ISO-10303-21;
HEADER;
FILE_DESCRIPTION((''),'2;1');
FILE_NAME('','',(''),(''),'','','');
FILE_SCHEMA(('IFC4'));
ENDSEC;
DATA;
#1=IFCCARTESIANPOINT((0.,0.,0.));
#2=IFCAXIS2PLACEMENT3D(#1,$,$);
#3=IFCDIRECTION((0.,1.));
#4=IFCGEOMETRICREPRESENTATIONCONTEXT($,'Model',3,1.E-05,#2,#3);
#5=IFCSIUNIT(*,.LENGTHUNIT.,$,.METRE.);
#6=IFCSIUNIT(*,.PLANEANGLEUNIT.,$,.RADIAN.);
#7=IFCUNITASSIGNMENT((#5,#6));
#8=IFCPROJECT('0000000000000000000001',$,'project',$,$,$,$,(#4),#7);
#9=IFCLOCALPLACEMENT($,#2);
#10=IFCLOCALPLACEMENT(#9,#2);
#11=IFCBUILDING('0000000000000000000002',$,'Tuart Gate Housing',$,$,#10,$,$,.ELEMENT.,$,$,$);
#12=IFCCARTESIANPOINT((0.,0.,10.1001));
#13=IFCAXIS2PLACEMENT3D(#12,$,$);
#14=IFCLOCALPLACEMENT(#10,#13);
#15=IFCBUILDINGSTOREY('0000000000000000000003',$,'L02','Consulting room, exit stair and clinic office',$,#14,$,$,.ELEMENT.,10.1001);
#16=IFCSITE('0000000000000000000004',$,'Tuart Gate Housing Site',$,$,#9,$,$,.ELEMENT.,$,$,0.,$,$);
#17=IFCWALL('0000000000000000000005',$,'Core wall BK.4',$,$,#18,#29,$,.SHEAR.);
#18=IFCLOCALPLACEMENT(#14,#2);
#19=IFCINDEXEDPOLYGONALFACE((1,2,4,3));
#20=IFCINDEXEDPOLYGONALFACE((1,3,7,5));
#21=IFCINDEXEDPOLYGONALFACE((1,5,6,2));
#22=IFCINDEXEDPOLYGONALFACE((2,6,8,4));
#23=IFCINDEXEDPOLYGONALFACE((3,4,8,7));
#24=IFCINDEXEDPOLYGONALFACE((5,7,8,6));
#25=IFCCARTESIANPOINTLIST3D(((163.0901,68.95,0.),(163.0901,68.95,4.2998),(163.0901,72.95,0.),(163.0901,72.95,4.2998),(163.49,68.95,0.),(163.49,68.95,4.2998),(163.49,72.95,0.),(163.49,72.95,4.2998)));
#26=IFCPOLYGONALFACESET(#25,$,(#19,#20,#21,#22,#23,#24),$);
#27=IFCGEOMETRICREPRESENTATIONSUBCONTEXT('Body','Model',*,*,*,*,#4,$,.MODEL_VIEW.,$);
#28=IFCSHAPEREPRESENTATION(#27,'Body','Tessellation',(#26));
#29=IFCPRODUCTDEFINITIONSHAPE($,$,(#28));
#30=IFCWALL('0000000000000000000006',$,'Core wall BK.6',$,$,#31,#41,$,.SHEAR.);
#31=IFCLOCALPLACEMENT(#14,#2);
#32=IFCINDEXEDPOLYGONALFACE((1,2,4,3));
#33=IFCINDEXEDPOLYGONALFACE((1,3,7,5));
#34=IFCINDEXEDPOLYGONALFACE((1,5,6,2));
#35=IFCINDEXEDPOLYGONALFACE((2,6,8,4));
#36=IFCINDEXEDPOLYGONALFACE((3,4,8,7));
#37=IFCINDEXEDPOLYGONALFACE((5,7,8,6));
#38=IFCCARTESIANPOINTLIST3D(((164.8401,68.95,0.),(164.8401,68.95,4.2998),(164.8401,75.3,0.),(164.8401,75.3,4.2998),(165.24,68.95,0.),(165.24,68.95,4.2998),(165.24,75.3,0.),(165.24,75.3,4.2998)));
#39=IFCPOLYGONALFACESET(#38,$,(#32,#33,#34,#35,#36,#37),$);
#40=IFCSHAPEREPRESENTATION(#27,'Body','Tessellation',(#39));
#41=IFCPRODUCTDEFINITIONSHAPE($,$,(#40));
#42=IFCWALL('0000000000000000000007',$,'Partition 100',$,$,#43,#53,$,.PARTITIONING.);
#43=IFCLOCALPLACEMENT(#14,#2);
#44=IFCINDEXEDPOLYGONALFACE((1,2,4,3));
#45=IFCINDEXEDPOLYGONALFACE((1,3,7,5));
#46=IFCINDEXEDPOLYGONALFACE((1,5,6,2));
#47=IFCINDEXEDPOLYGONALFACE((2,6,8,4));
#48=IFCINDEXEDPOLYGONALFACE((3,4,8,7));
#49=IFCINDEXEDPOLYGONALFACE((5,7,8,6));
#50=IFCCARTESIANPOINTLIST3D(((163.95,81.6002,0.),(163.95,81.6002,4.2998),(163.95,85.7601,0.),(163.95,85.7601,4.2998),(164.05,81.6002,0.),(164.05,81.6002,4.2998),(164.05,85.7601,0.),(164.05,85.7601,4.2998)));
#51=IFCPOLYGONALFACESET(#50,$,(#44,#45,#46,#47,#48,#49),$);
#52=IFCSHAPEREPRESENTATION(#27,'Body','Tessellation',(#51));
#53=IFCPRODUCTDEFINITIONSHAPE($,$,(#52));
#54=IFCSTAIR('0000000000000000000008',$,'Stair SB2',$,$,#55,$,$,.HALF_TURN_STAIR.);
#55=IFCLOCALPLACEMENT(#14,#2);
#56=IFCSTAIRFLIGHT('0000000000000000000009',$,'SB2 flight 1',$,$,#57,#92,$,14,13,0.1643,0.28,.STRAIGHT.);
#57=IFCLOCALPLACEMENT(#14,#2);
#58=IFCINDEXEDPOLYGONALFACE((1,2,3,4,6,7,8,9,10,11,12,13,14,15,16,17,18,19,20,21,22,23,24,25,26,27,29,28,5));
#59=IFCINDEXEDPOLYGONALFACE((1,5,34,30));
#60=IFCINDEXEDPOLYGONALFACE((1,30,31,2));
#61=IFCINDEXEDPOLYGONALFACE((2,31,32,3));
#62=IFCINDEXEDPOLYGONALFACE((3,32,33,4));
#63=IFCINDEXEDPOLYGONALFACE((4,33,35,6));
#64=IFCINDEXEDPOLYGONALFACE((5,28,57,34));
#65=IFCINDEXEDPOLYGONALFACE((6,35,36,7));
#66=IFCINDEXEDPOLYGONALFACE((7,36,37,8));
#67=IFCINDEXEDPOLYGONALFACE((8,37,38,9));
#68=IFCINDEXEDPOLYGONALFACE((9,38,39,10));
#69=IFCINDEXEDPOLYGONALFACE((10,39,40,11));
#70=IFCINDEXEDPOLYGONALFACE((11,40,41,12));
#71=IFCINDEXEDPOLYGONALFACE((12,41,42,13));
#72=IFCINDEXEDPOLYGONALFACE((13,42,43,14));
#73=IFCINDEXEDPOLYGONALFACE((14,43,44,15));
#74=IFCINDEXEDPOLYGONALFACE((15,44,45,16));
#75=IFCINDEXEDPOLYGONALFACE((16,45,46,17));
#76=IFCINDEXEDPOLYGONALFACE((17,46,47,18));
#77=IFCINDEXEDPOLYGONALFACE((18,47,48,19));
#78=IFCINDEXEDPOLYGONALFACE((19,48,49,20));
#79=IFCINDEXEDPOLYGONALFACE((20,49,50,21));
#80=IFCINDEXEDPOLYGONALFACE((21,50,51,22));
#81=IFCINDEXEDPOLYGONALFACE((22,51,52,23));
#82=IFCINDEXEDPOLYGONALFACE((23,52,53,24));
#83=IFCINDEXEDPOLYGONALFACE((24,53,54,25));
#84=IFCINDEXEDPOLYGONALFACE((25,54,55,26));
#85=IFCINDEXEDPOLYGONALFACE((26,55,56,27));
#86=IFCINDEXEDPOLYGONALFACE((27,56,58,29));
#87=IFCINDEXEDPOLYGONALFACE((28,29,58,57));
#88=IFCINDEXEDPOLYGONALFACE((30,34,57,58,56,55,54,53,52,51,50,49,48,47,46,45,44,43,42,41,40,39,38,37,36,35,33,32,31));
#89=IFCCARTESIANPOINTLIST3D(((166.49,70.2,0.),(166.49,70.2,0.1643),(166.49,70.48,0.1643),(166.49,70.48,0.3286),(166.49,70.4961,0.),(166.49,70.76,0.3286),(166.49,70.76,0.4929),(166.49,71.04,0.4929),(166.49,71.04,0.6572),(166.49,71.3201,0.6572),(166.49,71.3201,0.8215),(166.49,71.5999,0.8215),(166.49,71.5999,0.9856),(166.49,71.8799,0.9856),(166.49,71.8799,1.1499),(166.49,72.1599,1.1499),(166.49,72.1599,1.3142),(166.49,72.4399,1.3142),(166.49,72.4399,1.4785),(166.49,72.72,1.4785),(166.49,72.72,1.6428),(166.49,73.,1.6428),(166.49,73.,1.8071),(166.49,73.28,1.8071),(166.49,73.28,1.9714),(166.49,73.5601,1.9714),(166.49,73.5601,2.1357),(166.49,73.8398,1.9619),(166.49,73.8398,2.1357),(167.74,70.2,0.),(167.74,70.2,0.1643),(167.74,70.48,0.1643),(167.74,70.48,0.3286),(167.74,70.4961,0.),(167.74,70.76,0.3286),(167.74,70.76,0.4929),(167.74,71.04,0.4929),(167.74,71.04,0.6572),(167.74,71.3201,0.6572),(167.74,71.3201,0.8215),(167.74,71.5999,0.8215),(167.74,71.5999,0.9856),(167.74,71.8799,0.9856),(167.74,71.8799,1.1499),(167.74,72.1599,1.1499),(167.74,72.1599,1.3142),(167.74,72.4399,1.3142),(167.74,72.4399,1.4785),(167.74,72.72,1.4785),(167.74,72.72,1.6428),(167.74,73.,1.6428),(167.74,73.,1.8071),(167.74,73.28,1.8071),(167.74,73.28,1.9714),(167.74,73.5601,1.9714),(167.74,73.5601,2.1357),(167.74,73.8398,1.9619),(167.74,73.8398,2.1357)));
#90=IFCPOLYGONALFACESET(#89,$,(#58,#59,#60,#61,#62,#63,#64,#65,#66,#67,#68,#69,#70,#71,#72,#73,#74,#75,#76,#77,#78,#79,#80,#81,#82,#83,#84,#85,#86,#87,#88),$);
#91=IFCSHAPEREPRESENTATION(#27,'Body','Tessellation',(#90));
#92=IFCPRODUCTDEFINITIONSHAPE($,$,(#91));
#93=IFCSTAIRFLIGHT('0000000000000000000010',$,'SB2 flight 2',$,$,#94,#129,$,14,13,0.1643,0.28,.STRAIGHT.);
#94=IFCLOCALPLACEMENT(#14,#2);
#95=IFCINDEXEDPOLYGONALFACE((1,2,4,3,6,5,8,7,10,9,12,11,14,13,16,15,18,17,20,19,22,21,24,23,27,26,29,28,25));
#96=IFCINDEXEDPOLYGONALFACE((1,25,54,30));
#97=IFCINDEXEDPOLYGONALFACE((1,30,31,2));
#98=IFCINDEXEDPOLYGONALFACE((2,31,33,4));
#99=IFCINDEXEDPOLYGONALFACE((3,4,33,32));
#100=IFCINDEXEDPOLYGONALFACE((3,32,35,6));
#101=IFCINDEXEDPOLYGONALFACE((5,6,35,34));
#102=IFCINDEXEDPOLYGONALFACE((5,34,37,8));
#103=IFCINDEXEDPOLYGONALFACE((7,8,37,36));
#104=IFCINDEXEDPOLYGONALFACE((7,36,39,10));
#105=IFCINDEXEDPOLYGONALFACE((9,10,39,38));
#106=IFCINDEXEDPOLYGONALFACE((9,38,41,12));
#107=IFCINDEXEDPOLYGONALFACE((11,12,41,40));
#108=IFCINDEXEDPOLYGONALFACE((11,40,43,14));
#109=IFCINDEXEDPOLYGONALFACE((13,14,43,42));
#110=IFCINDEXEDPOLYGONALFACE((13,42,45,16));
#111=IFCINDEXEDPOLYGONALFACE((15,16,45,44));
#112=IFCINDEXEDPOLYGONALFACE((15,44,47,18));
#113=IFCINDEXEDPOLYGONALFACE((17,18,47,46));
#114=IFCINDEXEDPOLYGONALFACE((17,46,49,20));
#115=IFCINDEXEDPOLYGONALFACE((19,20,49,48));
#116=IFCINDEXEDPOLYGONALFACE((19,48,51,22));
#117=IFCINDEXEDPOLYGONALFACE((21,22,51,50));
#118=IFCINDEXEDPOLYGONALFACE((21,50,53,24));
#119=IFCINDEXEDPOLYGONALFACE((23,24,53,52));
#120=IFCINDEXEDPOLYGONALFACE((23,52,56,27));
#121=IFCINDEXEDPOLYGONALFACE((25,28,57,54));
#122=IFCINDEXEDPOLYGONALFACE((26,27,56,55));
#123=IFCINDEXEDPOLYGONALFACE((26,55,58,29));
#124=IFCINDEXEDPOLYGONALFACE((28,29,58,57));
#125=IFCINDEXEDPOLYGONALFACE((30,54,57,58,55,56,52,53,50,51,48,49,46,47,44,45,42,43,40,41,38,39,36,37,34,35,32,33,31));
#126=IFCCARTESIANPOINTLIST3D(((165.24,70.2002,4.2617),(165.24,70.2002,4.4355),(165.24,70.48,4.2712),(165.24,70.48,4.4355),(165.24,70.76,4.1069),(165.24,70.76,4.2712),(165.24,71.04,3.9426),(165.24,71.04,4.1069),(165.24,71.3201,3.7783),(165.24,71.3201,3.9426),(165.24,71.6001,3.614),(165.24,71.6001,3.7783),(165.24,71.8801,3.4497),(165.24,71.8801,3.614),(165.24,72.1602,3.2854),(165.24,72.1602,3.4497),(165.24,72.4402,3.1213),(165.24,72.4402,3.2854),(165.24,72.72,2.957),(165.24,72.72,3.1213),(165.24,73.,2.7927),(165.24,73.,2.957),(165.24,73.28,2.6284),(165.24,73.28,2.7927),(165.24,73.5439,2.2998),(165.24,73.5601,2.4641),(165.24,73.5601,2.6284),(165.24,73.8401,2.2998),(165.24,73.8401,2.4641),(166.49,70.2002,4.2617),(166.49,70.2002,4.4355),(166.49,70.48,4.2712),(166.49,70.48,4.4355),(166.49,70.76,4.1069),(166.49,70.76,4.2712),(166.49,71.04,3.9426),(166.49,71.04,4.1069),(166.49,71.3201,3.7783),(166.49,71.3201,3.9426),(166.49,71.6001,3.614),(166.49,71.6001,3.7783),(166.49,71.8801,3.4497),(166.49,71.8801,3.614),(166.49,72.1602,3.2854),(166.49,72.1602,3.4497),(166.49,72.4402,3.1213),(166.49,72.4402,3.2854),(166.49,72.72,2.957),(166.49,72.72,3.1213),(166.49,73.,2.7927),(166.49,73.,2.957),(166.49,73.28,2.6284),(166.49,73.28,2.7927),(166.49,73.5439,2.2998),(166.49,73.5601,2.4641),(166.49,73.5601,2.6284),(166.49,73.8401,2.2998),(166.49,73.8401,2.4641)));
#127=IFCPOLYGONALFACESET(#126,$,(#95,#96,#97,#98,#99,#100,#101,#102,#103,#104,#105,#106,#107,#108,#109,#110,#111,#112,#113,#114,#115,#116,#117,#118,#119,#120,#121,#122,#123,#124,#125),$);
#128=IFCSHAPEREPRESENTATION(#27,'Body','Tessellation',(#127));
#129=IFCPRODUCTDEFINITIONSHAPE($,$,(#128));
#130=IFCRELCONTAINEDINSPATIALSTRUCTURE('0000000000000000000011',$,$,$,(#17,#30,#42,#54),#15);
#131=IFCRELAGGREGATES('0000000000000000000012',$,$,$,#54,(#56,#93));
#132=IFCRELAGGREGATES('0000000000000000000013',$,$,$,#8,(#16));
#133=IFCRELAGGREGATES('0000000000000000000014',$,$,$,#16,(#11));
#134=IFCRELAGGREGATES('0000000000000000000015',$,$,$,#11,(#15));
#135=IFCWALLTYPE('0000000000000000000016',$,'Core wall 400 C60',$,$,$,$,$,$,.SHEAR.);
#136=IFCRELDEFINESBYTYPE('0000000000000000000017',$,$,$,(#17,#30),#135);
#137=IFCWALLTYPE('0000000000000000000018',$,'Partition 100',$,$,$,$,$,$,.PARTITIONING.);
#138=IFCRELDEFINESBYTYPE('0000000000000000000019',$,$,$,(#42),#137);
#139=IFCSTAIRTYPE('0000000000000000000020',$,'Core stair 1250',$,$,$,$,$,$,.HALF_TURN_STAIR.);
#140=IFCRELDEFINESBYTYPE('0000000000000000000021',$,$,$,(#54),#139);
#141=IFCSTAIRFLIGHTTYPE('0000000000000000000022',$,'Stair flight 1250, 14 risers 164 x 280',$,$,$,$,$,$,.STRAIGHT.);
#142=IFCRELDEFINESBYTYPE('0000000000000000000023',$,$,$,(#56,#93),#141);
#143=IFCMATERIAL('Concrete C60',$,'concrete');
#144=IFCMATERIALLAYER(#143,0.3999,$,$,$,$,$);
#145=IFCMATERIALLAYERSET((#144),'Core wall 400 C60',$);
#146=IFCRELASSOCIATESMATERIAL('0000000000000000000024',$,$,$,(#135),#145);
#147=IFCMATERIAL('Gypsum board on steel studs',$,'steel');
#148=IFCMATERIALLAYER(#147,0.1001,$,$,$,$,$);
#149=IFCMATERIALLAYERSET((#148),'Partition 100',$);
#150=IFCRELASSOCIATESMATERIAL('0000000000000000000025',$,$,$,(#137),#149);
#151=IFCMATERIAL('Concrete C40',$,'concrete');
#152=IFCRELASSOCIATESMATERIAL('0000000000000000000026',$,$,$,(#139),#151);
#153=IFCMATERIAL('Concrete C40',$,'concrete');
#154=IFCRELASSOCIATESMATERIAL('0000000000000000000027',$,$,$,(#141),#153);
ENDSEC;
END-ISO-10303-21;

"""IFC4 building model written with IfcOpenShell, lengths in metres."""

from ifc_helpers import new_model, si_unit, direction, frame, frame_2d, origin, place, context, subcontext, project, spatial, polyline, rectangle, outline, extrude, material, layer, layer_set, type_object, element, aggregate, save


model = new_model("IFC4")

# Units and contexts
model_context = context("Model", 3, precision=1e-05, world=origin(), true_north=direction((0.0, 1.0)))
body_context = subcontext(model_context, "Body", "Model", "MODEL_VIEW")
ifc_project = project(units=[si_unit("LENGTHUNIT", "METRE"), si_unit("PLANEANGLEUNIT", "RADIAN")], contexts=[model_context])

# Site, building, storey
site_placement = place(None, origin())
site = spatial("IfcSite", under=ifc_project, at=site_placement, Name="Tuart Gate Housing Site", CompositionType="ELEMENT", RefElevation=0.0)
building_placement = place(site_placement, origin())
building = spatial("IfcBuilding", under=site, at=building_placement, Name="Tuart Gate Housing", CompositionType="ELEMENT")
storey_placement = place(building_placement, frame((0.0, 0.0, 10.1001)))
storey = spatial("IfcBuildingStorey", under=building, at=storey_placement, Name="L02", Description="Consulting room, exit stair and clinic office", CompositionType="ELEMENT", Elevation=10.1001)

# Walls
ifc_material_1 = material(Name="Concrete C60", Category="concrete")
ifc_layer_1 = layer(ifc_material_1, 0.3999)
ifc_layer_set_1 = layer_set([ifc_layer_1], Name="Core wall 400 C60")
wall_type_1 = type_object("IfcWallType", Name="Core wall 400 C60", PredefinedType="SHEAR", material=ifc_layer_set_1)
wall_1_placement = place(storey_placement, frame((163.29, 72.95, 0.0), z_axis=(0.0, 0.0, 1.0), x_axis=(0.0, -1.0, 0.0)))
element("IfcWall", 1, at=wall_1_placement, inside=storey, type_object=wall_type_1, Name="Core wall BK.4", PredefinedType="SHEAR", context=body_context, shape_type="SweptSolid", body=[
    extrude(rectangle(XDim=4.0, YDim=0.3999, at=frame_2d((2.0, 0.0))), origin(), (0.0, 0.0, 1.0), 4.2998),
])
wall_2_placement = place(storey_placement, frame((165.04, 75.3, 0.0), z_axis=(0.0, 0.0, 1.0), x_axis=(0.0, -1.0, 0.0)))
element("IfcWall", 2, at=wall_2_placement, inside=storey, type_object=wall_type_1, Name="Core wall BK.6", PredefinedType="SHEAR", context=body_context, shape_type="SweptSolid", body=[
    extrude(rectangle(XDim=6.3501, YDim=0.3999, at=frame_2d((3.175, 0.0))), origin(), (0.0, 0.0, 1.0), 4.2998),
])
ifc_material_2 = material(Name="Gypsum board on steel studs", Category="steel")
ifc_layer_2 = layer(ifc_material_2, 0.1001)
ifc_layer_set_2 = layer_set([ifc_layer_2], Name="Partition 100")
wall_type_2 = type_object("IfcWallType", Name="Partition 100", PredefinedType="PARTITIONING", material=ifc_layer_set_2)
wall_3_placement = place(storey_placement, frame((164.0, 81.6001, 0.0), z_axis=(0.0, 0.0, 1.0), x_axis=(0.0, 1.0, 0.0)))
element("IfcWall", 3, at=wall_3_placement, inside=storey, type_object=wall_type_2, Name="Partition 100", PredefinedType="PARTITIONING", context=body_context, shape_type="SweptSolid", body=[
    extrude(rectangle(XDim=4.1599, YDim=0.1001, at=frame_2d((2.0801, 0.0))), origin(), (0.0, 0.0, 1.0), 4.2998),
])

# Stair, stair flights
ifc_material_3 = material(Name="Concrete C40", Category="concrete")
stair_type = type_object("IfcStairType", Name="Core stair 1250", PredefinedType="HALF_TURN_STAIR", material=ifc_material_3)
stair_placement = place(storey_placement, origin())
stair = element("IfcStair", 4, at=stair_placement, inside=storey, type_object=stair_type, Name="Stair SB2", PredefinedType="HALF_TURN_STAIR")
ifc_material_4 = material(Name="Concrete C40", Category="concrete")
stair_flight_type = type_object("IfcStairFlightType", Name="Stair flight 1250, 14 risers 164 x 280", PredefinedType="STRAIGHT", material=ifc_material_4)
stair_flight_1_placement = place(storey_placement, frame((167.115, 70.2, 0.0), z_axis=(0.0, 0.0, 1.0), x_axis=(0.0, 1.0, 0.0)))
stair_flight_1 = element("IfcStairFlight", 5, at=stair_flight_1_placement, type_object=stair_flight_type, Name="SB2 flight 1", NumberOfRisers=14, NumberOfTreads=13, PredefinedType="STRAIGHT", RiserHeight=0.1643, TreadLength=0.28, context=body_context, shape_type="SweptSolid", body=[
    extrude(outline(polyline([(0.0, 0.0), (0.0, 0.1643), (0.28, 0.1643), (0.28, 0.3286), (0.5601, 0.3286), (0.5601, 0.4929), (0.8401, 0.4929), (0.8401, 0.6572), (1.1201, 0.6572), (1.1201, 0.8215), (1.3999, 0.8215), (1.3999, 0.9856), (1.6799, 0.9856), (1.6799, 1.1499), (1.96, 1.1499), (1.96, 1.3142), (2.24, 1.3142), (2.24, 1.4785), (2.52, 1.4785), (2.52, 1.6428), (2.8, 1.6428), (2.8, 1.8071), (3.0801, 1.8071), (3.0801, 1.9714), (3.3601, 1.9714), (3.3601, 2.1357), (3.6399, 2.1357), (3.6399, 2.3), (3.6399, 1.9619), (0.2961, 0.0), (0.0, 0.0)])), frame((0.0, 0.625, 0.0), z_axis=(0.0, -1.0, 0.0), x_axis=(1.0, 0.0, 0.0)), (0.0, 0.0, 1.0), 1.25),
])
stair_flight_2_placement = place(storey_placement, frame((165.865, 73.8401, 2.2998), z_axis=(0.0, 0.0, 1.0), x_axis=(0.0, -1.0, 0.0)))
stair_flight_2 = element("IfcStairFlight", 6, at=stair_flight_2_placement, type_object=stair_flight_type, Name="SB2 flight 2", NumberOfRisers=14, NumberOfTreads=13, PredefinedType="STRAIGHT", RiserHeight=0.1643, TreadLength=0.28, context=body_context, shape_type="SweptSolid", body=[
    extrude(outline(polyline([(0.0, 0.0), (0.0, 0.1643), (0.28, 0.1643), (0.28, 0.3286), (0.5601, 0.3286), (0.5601, 0.4929), (0.8401, 0.4929), (0.8401, 0.6572), (1.1201, 0.6572), (1.1201, 0.8215), (1.3999, 0.8215), (1.3999, 0.9856), (1.6799, 0.9856), (1.6799, 1.1499), (1.96, 1.1499), (1.96, 1.3142), (2.24, 1.3142), (2.24, 1.4785), (2.52, 1.4785), (2.52, 1.6428), (2.8, 1.6428), (2.8, 1.8071), (3.0801, 1.8071), (3.0801, 1.9714), (3.3601, 1.9714), (3.3601, 2.1357), (3.6399, 2.1357), (3.6399, 2.3), (3.6399, 1.9619), (0.2961, 0.0), (0.0, 0.0)])), frame((0.0, 0.625, 0.0), z_axis=(0.0, -1.0, 0.0), x_axis=(1.0, 0.0, 0.0)), (0.0, 0.0, 1.0), 1.25),
])
aggregate(stair, [stair_flight_1, stair_flight_2])

save(model, "model.ifc")
